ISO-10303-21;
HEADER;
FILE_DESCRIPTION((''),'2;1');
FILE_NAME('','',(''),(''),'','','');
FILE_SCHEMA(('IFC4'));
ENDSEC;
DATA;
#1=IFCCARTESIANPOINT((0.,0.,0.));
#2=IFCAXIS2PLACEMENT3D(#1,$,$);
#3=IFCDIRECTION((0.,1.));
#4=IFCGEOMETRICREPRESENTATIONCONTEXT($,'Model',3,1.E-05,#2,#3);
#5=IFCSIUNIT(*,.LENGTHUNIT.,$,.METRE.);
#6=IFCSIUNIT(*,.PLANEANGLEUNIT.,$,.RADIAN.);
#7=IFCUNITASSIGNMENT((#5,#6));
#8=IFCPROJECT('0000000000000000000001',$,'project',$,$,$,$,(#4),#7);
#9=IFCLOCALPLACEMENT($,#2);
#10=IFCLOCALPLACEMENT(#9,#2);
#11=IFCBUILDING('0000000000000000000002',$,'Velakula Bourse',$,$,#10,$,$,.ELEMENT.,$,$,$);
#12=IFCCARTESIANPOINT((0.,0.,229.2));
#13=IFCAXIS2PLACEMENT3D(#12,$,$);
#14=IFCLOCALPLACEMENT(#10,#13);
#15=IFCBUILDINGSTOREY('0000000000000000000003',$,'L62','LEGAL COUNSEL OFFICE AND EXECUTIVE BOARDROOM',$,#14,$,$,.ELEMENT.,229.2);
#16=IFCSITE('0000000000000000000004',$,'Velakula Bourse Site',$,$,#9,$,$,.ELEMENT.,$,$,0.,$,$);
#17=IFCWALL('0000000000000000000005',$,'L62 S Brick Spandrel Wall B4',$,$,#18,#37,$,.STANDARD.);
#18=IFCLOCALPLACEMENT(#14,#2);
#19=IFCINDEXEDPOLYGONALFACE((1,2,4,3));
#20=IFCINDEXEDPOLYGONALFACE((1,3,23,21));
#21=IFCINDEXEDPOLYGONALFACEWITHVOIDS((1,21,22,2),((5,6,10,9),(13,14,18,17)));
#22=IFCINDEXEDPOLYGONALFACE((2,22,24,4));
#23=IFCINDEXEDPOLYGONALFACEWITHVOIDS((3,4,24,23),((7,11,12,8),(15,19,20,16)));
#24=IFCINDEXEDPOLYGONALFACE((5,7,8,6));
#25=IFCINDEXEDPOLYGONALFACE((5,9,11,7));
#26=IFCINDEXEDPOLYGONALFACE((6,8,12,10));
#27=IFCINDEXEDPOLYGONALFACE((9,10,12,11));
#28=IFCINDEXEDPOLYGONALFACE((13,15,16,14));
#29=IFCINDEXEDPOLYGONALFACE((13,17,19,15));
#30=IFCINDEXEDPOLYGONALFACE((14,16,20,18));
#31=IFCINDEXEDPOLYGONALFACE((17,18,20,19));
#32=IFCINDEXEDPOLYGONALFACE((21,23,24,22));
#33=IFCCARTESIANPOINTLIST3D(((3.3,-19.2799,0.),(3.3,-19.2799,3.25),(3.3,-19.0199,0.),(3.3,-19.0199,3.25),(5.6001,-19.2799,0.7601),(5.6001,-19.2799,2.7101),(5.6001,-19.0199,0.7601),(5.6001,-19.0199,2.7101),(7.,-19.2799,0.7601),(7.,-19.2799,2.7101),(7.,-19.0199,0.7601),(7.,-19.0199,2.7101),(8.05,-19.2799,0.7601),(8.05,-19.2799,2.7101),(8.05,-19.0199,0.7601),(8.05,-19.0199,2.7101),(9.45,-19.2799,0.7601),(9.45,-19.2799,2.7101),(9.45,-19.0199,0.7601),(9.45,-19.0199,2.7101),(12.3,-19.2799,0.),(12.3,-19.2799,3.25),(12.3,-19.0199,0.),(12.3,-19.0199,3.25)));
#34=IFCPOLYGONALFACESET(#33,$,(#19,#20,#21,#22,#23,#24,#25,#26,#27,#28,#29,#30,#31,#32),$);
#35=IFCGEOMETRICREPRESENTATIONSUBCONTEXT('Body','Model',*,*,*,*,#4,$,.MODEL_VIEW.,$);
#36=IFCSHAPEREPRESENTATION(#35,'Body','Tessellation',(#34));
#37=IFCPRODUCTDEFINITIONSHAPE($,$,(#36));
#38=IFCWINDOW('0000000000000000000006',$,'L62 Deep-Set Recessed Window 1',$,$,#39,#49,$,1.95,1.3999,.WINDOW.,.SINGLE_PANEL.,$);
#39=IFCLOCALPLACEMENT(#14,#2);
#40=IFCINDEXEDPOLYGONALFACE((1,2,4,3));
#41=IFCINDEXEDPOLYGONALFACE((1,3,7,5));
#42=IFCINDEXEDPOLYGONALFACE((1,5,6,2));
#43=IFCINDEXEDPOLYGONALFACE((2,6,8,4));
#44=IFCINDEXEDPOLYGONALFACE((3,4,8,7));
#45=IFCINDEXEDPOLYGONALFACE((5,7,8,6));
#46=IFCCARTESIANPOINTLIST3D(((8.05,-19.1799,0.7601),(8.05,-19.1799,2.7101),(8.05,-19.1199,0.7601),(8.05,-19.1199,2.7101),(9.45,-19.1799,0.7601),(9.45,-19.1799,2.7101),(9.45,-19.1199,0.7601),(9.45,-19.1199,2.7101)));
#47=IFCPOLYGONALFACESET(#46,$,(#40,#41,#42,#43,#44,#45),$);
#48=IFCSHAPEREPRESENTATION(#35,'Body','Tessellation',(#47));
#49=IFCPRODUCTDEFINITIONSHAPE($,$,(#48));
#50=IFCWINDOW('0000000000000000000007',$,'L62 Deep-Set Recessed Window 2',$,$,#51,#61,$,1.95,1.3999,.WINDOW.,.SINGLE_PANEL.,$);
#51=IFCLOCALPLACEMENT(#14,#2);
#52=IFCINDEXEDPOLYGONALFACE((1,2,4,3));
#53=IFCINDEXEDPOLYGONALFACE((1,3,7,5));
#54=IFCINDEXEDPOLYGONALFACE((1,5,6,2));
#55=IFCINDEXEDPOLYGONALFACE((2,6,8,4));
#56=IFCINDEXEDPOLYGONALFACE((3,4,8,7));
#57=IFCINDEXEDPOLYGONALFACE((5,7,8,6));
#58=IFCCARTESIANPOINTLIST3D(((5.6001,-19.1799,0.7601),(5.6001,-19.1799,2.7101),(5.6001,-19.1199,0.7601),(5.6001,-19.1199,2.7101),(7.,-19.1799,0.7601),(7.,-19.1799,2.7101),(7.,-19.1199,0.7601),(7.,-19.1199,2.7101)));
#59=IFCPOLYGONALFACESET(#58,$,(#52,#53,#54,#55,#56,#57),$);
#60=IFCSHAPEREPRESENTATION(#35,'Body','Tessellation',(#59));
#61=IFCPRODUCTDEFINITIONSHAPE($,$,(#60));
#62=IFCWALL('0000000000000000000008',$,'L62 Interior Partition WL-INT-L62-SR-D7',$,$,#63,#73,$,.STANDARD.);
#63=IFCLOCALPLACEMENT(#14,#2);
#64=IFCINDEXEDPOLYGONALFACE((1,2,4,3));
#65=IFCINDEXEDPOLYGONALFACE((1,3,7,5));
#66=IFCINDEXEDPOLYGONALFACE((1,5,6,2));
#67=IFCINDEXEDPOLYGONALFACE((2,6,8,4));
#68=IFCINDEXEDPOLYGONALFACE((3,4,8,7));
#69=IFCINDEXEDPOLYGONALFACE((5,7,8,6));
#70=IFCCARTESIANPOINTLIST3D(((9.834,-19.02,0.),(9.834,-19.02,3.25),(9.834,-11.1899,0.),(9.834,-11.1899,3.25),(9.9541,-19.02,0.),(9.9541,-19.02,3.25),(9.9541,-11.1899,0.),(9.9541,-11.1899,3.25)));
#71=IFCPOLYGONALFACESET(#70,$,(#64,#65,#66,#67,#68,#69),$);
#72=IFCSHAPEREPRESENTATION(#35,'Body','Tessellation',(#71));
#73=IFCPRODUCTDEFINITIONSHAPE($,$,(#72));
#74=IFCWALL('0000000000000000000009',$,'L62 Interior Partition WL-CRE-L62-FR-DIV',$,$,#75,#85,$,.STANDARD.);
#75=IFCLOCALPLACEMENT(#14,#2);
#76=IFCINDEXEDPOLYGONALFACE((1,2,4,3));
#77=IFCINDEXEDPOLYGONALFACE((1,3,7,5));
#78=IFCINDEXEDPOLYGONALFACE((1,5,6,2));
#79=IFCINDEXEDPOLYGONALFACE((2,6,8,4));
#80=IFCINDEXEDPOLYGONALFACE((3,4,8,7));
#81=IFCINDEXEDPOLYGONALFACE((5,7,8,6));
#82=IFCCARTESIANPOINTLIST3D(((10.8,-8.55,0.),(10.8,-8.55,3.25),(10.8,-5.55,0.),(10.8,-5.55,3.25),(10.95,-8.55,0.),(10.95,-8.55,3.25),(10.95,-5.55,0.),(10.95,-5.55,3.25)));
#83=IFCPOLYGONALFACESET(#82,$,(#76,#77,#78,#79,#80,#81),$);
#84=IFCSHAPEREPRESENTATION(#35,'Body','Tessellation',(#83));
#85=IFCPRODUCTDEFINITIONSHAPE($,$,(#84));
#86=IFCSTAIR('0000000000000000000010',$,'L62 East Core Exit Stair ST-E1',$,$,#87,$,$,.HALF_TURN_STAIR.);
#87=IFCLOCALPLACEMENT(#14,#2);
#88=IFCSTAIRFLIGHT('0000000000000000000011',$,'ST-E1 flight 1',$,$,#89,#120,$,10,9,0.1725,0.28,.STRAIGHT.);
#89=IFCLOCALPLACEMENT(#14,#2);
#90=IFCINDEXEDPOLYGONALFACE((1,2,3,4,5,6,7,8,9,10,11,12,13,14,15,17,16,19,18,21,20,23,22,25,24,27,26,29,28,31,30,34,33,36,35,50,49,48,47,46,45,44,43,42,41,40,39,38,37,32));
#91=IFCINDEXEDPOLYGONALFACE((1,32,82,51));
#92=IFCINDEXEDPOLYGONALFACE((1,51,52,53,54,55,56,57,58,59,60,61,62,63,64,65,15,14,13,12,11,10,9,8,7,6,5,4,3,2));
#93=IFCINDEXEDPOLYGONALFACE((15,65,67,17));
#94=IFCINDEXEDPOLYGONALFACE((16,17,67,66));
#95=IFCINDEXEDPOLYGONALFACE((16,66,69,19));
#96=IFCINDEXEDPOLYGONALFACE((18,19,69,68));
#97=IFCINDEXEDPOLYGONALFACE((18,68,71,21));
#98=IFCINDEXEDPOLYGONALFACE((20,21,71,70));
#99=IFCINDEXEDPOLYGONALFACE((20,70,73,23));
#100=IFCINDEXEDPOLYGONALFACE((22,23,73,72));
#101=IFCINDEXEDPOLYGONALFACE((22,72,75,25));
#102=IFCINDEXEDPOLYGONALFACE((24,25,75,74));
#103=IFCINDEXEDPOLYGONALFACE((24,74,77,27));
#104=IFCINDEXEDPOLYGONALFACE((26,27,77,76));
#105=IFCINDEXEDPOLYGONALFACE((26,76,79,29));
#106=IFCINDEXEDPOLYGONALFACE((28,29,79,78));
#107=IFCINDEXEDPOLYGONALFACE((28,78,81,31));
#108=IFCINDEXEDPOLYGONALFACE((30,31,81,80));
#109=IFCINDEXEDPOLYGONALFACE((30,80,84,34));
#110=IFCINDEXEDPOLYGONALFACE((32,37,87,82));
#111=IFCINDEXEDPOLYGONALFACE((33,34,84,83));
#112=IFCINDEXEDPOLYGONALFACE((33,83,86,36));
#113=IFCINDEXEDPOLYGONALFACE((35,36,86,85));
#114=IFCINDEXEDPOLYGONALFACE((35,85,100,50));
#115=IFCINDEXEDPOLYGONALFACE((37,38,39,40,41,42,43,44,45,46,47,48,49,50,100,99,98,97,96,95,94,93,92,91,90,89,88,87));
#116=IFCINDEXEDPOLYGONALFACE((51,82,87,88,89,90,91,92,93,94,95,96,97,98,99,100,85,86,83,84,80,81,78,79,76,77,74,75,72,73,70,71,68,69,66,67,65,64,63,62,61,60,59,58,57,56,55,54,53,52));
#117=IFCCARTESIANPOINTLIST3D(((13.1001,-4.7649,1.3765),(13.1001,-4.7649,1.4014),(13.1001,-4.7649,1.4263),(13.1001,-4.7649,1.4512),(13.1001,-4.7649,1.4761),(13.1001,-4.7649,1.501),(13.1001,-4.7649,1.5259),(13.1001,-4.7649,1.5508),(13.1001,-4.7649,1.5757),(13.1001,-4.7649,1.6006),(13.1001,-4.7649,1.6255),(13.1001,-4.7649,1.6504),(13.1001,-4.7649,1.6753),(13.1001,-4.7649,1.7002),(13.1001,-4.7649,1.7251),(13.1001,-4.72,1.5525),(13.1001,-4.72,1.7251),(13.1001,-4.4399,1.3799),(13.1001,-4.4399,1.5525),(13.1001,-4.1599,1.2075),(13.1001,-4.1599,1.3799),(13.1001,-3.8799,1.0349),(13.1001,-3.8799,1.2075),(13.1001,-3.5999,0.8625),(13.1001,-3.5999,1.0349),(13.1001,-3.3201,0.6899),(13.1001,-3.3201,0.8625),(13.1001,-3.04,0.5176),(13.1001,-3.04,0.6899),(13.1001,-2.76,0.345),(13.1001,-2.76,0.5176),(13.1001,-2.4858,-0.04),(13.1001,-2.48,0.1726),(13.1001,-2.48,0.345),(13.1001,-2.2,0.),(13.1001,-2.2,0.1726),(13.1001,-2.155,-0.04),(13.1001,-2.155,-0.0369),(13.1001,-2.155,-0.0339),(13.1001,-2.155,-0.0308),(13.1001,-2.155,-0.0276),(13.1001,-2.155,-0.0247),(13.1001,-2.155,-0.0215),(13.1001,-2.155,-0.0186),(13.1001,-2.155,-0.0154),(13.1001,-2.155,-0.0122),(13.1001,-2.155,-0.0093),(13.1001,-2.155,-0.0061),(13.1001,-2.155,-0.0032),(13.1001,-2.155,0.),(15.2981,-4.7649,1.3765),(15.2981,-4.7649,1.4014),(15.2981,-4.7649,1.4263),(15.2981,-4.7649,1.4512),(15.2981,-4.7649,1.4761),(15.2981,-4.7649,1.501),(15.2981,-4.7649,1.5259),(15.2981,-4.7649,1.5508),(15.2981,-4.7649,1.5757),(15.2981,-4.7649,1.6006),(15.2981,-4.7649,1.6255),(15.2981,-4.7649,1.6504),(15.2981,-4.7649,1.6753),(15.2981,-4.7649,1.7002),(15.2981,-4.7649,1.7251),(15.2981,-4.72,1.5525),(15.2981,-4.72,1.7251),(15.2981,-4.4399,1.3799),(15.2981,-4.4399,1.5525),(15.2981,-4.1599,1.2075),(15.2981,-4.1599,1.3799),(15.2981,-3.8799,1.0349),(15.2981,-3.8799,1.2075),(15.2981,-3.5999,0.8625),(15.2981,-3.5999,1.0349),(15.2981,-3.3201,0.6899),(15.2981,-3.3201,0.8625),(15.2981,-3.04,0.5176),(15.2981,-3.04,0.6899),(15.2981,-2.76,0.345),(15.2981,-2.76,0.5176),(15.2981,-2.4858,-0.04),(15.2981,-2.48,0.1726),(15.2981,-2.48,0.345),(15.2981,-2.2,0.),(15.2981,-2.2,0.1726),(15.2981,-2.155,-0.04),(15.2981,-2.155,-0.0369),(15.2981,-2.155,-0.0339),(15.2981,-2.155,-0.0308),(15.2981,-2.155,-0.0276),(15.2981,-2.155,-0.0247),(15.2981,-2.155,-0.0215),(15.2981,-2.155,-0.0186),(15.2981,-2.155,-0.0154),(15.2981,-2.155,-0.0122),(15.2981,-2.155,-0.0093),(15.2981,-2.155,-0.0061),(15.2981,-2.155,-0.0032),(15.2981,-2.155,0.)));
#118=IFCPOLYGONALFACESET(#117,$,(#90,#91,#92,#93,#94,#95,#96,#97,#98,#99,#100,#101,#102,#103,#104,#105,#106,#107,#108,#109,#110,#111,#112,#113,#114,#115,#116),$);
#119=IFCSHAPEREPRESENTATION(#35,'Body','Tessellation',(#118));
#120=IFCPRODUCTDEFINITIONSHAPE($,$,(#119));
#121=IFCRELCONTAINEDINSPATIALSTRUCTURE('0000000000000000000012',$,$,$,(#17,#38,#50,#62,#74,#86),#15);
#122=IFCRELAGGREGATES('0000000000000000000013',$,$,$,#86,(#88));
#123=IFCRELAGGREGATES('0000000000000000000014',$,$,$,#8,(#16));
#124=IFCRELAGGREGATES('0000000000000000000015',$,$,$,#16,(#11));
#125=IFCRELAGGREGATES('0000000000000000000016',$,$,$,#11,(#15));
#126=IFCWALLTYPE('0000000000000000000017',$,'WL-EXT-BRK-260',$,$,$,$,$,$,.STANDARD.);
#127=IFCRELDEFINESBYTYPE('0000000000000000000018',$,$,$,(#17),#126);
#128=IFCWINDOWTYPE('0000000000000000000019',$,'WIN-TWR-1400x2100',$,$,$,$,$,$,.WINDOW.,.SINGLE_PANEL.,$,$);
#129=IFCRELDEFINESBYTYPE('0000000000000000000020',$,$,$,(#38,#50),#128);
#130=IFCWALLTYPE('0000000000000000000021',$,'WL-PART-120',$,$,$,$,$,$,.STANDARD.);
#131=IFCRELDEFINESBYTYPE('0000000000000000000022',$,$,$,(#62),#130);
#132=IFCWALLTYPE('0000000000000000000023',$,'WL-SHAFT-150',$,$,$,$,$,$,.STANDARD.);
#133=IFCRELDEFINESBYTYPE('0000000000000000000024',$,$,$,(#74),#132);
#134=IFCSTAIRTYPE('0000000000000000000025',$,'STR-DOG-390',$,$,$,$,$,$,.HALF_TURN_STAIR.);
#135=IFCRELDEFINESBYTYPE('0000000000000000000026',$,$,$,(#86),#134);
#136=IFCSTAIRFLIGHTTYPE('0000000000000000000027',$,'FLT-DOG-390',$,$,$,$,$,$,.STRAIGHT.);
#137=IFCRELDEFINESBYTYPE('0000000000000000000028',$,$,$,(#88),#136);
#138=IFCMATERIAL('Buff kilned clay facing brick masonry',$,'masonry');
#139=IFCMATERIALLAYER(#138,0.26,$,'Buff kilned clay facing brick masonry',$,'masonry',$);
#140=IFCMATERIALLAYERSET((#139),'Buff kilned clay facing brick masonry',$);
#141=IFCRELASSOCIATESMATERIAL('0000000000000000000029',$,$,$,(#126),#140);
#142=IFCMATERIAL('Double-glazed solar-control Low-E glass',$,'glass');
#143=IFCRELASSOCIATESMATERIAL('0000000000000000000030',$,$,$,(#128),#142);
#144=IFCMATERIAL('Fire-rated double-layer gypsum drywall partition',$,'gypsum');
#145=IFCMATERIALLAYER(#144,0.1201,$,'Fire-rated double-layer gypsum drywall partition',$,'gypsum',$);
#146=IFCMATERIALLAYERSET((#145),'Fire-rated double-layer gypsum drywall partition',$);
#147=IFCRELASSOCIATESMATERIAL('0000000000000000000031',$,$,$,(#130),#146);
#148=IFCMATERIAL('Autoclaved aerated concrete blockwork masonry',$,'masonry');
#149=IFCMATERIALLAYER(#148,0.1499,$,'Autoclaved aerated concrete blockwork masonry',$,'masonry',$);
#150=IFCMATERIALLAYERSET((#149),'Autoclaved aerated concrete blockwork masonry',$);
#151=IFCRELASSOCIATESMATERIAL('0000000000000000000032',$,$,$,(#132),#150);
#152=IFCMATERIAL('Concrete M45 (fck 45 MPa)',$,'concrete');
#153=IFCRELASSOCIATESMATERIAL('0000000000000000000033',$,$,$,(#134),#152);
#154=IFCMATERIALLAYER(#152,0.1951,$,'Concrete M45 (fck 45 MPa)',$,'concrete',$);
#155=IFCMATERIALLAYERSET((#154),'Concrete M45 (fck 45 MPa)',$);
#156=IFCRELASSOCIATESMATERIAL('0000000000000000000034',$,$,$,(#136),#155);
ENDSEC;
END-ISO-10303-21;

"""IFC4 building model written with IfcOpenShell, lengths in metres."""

from ifc_helpers import new_model, si_unit, direction, frame, frame_2d, origin, place, context, subcontext, project, spatial, polyline, rectangle, outline, extrude, material, layer, layer_set, type_object, element, fill, aggregate, save


model = new_model("IFC4")

# Units and contexts
model_context = context("Model", 3, precision=1e-05, world=origin(), true_north=direction((0.0, 1.0)))
body_context = subcontext(model_context, "Body", "Model", "MODEL_VIEW")
ifc_project = project(units=[si_unit("LENGTHUNIT", "METRE"), si_unit("PLANEANGLEUNIT", "RADIAN")], contexts=[model_context])

# Site, building, storey
site_placement = place(None, origin())
site = spatial("IfcSite", under=ifc_project, at=site_placement, Name="Velakula Bourse Site", CompositionType="ELEMENT", RefElevation=0.0)
building_placement = place(site_placement, origin())
building = spatial("IfcBuilding", under=site, at=building_placement, Name="Velakula Bourse", CompositionType="ELEMENT")
storey_placement = place(building_placement, frame((0.0, 0.0, 229.2)))
storey = spatial("IfcBuildingStorey", under=building, at=storey_placement, Name="L62", Description="LEGAL COUNSEL OFFICE AND EXECUTIVE BOARDROOM", CompositionType="ELEMENT", Elevation=229.2)

# Wall, openings, windows
ifc_material_1 = material(Name="Buff kilned clay facing brick masonry", Category="masonry")
ifc_layer_1 = layer(ifc_material_1, 0.26, Name="Buff kilned clay facing brick masonry", Category="masonry")
ifc_layer_set_1 = layer_set([ifc_layer_1], Name="Buff kilned clay facing brick masonry")
wall_type_1 = type_object("IfcWallType", Name="WL-EXT-BRK-260", PredefinedType="STANDARD", material=ifc_layer_set_1)
wall_1_placement = place(storey_placement, frame((12.3, -19.1499, 0.0), z_axis=(0.0, 0.0, 1.0), x_axis=(-1.0, 0.0, 0.0)))
wall_1 = element("IfcWall", 1, at=wall_1_placement, inside=storey, type_object=wall_type_1, Name="L62 S Brick Spandrel Wall B4", PredefinedType="STANDARD", context=body_context, shape_type="SweptSolid", body=[
    extrude(rectangle(XDim=9.0, YDim=0.26, at=frame_2d((4.5, 0.0))), origin(), (0.0, 0.0, 1.0), 3.25),
])
opening_1_placement = place(wall_1_placement, frame((2.8501, 0.0, 0.76)))
opening_1 = element("IfcOpeningElement", 2, at=opening_1_placement, cuts=wall_1, PredefinedType="OPENING", context=body_context, shape_type="SweptSolid", body=[
    extrude(rectangle(XDim=1.3999, YDim=1.95, at=frame_2d((0.7, 0.9751))), frame((0.0, 0.1399, 0.0), z_axis=(0.0, -1.0, 0.0), x_axis=(1.0, 0.0, 0.0)), (0.0, 0.0, 1.0), 0.28),
])
opening_2_placement = place(wall_1_placement, frame((5.3, 0.0, 0.76)))
opening_2 = element("IfcOpeningElement", 3, at=opening_2_placement, cuts=wall_1, PredefinedType="OPENING", context=body_context, shape_type="SweptSolid", body=[
    extrude(rectangle(XDim=1.3999, YDim=1.95, at=frame_2d((0.7, 0.9751))), frame((0.0, 0.1399, 0.0), z_axis=(0.0, -1.0, 0.0), x_axis=(1.0, 0.0, 0.0)), (0.0, 0.0, 1.0), 0.28),
])
ifc_material_2 = material(Name="Double-glazed solar-control Low-E glass", Category="glass")
window_type = type_object("IfcWindowType", Name="WIN-TWR-1400x2100", PartitioningType="SINGLE_PANEL", PredefinedType="WINDOW", material=ifc_material_2)
window_1_placement = place(opening_1_placement, origin())
window_1 = element("IfcWindow", 4, at=window_1_placement, inside=storey, type_object=window_type, Name="L62 Deep-Set Recessed Window 1", OverallHeight=1.95, OverallWidth=1.3999, PartitioningType="SINGLE_PANEL", PredefinedType="WINDOW", context=body_context, shape_type="SweptSolid", body=[
    extrude(rectangle(XDim=1.3999, YDim=1.95, at=frame_2d((0.7, 0.9751))), frame((0.0, 0.03, 0.0), z_axis=(0.0, -1.0, 0.0), x_axis=(1.0, 0.0, 0.0)), (0.0, 0.0, 1.0), 0.0601),
])
fill(opening_1, window_1)
window_2_placement = place(opening_2_placement, origin())
window_2 = element("IfcWindow", 5, at=window_2_placement, inside=storey, type_object=window_type, Name="L62 Deep-Set Recessed Window 2", OverallHeight=1.95, OverallWidth=1.3999, PartitioningType="SINGLE_PANEL", PredefinedType="WINDOW", context=body_context, shape_type="SweptSolid", body=[
    extrude(rectangle(XDim=1.3999, YDim=1.95, at=frame_2d((0.7, 0.9751))), frame((0.0, 0.03, 0.0), z_axis=(0.0, -1.0, 0.0), x_axis=(1.0, 0.0, 0.0)), (0.0, 0.0, 1.0), 0.0601),
])
fill(opening_2, window_2)

# Wall
ifc_material_3 = material(Name="Fire-rated double-layer gypsum drywall partition", Category="gypsum")
ifc_layer_2 = layer(ifc_material_3, 0.1201, Name="Fire-rated double-layer gypsum drywall partition", Category="gypsum")
ifc_layer_set_2 = layer_set([ifc_layer_2], Name="Fire-rated double-layer gypsum drywall partition")
wall_type_2 = type_object("IfcWallType", Name="WL-PART-120", PredefinedType="STANDARD", material=ifc_layer_set_2)
wall_2_placement = place(storey_placement, frame((9.894, -19.02, 0.0), z_axis=(0.0, 0.0, 1.0), x_axis=(0.0, 1.0, 0.0)))
element("IfcWall", 6, at=wall_2_placement, inside=storey, type_object=wall_type_2, Name="L62 Interior Partition WL-INT-L62-SR-D7", PredefinedType="STANDARD", context=body_context, shape_type="SweptSolid", body=[
    extrude(rectangle(XDim=7.8301, YDim=0.1201, at=frame_2d((3.915, 0.0))), origin(), (0.0, 0.0, 1.0), 3.25),
])

# Shared definitions
ifc_material_4 = material(Name="Autoclaved aerated concrete blockwork masonry", Category="masonry")
ifc_layer_3 = layer(ifc_material_4, 0.1499, Name="Autoclaved aerated concrete blockwork masonry", Category="masonry")
ifc_layer_set_3 = layer_set([ifc_layer_3], Name="Autoclaved aerated concrete blockwork masonry")
wall_type_3 = type_object("IfcWallType", Name="WL-SHAFT-150", PredefinedType="STANDARD", material=ifc_layer_set_3)

# Wall
wall_3_placement = place(storey_placement, frame((10.875, -8.55, 0.0), z_axis=(0.0, 0.0, 1.0), x_axis=(0.0, 1.0, 0.0)))
element("IfcWall", 7, at=wall_3_placement, inside=storey, type_object=wall_type_3, Name="L62 Interior Partition WL-CRE-L62-FR-DIV", PredefinedType="STANDARD", context=body_context, shape_type="SweptSolid", body=[
    extrude(rectangle(XDim=3.0, YDim=0.1499, at=frame_2d((1.5, 0.0))), origin(), (0.0, 0.0, 1.0), 3.25),
])

# Stair, stair flight
ifc_material_5 = material(Name="Concrete M45 (fck 45 MPa)", Category="concrete")
stair_type = type_object("IfcStairType", Name="STR-DOG-390", PredefinedType="HALF_TURN_STAIR", material=ifc_material_5)
stair_placement = place(storey_placement, origin())
stair = element("IfcStair", 8, at=stair_placement, inside=storey, type_object=stair_type, Name="L62 East Core Exit Stair ST-E1", PredefinedType="HALF_TURN_STAIR")
ifc_layer_4 = layer(ifc_material_5, 0.1951, Name="Concrete M45 (fck 45 MPa)", Category="concrete")
ifc_layer_set_4 = layer_set([ifc_layer_4], Name="Concrete M45 (fck 45 MPa)")
stair_flight_type = type_object("IfcStairFlightType", Name="FLT-DOG-390", PredefinedType="STRAIGHT", material=ifc_layer_set_4)
stair_flight_1_placement = place(storey_placement, frame((14.199, -2.2, 0.0), z_axis=(0.0, 0.0, 1.0), x_axis=(0.0, -1.0, 0.0)))
stair_flight_1 = element("IfcStairFlight", 9, at=stair_flight_1_placement, type_object=stair_flight_type, Name="ST-E1 flight 1", NumberOfRisers=10, NumberOfTreads=9, PredefinedType="STRAIGHT", RiserHeight=0.1725, TreadLength=0.28, context=body_context, shape_type="SweptSolid", body=[
    extrude(outline(polyline([(-0.0449, -0.04), (-0.0449, -0.0369), (-0.0449, -0.0339), (-0.0449, -0.0308), (-0.0449, -0.0276), (-0.0449, -0.0247), (-0.0449, -0.0215), (-0.0449, -0.0186), (-0.0449, -0.0154), (-0.0449, -0.0122), (-0.0449, -0.0093), (-0.0449, -0.0061), (-0.0449, -0.0032), (-0.0449, 0.0), (0.0, 0.0), (0.0, 0.1726), (0.28, 0.1726), (0.28, 0.345), (0.5601, 0.345), (0.5601, 0.5176), (0.8401, 0.5176), (0.8401, 0.6899), (1.1201, 0.6899), (1.1201, 0.8625), (1.3999, 0.8625), (1.3999, 1.0349), (1.6799, 1.0349), (1.6799, 1.2075), (1.96, 1.2075), (1.96, 1.3799), (2.24, 1.3799), (2.24, 1.5525), (2.52, 1.5525), (2.52, 1.7251), (2.5649, 1.7251), (2.5649, 1.7002), (2.5649, 1.6753), (2.5649, 1.6504), (2.5649, 1.6255), (2.5649, 1.6006), (2.5649, 1.5757), (2.5649, 1.5508), (2.5649, 1.5259), (2.5649, 1.501), (2.5649, 1.4761), (2.5649, 1.4512), (2.5649, 1.4263), (2.5649, 1.4014), (2.5649, 1.3765), (0.2859, -0.04), (-0.0449, -0.04)])), frame((0.0, 1.0991, 0.0), z_axis=(0.0, -1.0, 0.0), x_axis=(1.0, 0.0, 0.0)), (0.0, 0.0, 1.0), 2.198),
])
aggregate(stair, [stair_flight_1])

save(model, "model.ifc")
